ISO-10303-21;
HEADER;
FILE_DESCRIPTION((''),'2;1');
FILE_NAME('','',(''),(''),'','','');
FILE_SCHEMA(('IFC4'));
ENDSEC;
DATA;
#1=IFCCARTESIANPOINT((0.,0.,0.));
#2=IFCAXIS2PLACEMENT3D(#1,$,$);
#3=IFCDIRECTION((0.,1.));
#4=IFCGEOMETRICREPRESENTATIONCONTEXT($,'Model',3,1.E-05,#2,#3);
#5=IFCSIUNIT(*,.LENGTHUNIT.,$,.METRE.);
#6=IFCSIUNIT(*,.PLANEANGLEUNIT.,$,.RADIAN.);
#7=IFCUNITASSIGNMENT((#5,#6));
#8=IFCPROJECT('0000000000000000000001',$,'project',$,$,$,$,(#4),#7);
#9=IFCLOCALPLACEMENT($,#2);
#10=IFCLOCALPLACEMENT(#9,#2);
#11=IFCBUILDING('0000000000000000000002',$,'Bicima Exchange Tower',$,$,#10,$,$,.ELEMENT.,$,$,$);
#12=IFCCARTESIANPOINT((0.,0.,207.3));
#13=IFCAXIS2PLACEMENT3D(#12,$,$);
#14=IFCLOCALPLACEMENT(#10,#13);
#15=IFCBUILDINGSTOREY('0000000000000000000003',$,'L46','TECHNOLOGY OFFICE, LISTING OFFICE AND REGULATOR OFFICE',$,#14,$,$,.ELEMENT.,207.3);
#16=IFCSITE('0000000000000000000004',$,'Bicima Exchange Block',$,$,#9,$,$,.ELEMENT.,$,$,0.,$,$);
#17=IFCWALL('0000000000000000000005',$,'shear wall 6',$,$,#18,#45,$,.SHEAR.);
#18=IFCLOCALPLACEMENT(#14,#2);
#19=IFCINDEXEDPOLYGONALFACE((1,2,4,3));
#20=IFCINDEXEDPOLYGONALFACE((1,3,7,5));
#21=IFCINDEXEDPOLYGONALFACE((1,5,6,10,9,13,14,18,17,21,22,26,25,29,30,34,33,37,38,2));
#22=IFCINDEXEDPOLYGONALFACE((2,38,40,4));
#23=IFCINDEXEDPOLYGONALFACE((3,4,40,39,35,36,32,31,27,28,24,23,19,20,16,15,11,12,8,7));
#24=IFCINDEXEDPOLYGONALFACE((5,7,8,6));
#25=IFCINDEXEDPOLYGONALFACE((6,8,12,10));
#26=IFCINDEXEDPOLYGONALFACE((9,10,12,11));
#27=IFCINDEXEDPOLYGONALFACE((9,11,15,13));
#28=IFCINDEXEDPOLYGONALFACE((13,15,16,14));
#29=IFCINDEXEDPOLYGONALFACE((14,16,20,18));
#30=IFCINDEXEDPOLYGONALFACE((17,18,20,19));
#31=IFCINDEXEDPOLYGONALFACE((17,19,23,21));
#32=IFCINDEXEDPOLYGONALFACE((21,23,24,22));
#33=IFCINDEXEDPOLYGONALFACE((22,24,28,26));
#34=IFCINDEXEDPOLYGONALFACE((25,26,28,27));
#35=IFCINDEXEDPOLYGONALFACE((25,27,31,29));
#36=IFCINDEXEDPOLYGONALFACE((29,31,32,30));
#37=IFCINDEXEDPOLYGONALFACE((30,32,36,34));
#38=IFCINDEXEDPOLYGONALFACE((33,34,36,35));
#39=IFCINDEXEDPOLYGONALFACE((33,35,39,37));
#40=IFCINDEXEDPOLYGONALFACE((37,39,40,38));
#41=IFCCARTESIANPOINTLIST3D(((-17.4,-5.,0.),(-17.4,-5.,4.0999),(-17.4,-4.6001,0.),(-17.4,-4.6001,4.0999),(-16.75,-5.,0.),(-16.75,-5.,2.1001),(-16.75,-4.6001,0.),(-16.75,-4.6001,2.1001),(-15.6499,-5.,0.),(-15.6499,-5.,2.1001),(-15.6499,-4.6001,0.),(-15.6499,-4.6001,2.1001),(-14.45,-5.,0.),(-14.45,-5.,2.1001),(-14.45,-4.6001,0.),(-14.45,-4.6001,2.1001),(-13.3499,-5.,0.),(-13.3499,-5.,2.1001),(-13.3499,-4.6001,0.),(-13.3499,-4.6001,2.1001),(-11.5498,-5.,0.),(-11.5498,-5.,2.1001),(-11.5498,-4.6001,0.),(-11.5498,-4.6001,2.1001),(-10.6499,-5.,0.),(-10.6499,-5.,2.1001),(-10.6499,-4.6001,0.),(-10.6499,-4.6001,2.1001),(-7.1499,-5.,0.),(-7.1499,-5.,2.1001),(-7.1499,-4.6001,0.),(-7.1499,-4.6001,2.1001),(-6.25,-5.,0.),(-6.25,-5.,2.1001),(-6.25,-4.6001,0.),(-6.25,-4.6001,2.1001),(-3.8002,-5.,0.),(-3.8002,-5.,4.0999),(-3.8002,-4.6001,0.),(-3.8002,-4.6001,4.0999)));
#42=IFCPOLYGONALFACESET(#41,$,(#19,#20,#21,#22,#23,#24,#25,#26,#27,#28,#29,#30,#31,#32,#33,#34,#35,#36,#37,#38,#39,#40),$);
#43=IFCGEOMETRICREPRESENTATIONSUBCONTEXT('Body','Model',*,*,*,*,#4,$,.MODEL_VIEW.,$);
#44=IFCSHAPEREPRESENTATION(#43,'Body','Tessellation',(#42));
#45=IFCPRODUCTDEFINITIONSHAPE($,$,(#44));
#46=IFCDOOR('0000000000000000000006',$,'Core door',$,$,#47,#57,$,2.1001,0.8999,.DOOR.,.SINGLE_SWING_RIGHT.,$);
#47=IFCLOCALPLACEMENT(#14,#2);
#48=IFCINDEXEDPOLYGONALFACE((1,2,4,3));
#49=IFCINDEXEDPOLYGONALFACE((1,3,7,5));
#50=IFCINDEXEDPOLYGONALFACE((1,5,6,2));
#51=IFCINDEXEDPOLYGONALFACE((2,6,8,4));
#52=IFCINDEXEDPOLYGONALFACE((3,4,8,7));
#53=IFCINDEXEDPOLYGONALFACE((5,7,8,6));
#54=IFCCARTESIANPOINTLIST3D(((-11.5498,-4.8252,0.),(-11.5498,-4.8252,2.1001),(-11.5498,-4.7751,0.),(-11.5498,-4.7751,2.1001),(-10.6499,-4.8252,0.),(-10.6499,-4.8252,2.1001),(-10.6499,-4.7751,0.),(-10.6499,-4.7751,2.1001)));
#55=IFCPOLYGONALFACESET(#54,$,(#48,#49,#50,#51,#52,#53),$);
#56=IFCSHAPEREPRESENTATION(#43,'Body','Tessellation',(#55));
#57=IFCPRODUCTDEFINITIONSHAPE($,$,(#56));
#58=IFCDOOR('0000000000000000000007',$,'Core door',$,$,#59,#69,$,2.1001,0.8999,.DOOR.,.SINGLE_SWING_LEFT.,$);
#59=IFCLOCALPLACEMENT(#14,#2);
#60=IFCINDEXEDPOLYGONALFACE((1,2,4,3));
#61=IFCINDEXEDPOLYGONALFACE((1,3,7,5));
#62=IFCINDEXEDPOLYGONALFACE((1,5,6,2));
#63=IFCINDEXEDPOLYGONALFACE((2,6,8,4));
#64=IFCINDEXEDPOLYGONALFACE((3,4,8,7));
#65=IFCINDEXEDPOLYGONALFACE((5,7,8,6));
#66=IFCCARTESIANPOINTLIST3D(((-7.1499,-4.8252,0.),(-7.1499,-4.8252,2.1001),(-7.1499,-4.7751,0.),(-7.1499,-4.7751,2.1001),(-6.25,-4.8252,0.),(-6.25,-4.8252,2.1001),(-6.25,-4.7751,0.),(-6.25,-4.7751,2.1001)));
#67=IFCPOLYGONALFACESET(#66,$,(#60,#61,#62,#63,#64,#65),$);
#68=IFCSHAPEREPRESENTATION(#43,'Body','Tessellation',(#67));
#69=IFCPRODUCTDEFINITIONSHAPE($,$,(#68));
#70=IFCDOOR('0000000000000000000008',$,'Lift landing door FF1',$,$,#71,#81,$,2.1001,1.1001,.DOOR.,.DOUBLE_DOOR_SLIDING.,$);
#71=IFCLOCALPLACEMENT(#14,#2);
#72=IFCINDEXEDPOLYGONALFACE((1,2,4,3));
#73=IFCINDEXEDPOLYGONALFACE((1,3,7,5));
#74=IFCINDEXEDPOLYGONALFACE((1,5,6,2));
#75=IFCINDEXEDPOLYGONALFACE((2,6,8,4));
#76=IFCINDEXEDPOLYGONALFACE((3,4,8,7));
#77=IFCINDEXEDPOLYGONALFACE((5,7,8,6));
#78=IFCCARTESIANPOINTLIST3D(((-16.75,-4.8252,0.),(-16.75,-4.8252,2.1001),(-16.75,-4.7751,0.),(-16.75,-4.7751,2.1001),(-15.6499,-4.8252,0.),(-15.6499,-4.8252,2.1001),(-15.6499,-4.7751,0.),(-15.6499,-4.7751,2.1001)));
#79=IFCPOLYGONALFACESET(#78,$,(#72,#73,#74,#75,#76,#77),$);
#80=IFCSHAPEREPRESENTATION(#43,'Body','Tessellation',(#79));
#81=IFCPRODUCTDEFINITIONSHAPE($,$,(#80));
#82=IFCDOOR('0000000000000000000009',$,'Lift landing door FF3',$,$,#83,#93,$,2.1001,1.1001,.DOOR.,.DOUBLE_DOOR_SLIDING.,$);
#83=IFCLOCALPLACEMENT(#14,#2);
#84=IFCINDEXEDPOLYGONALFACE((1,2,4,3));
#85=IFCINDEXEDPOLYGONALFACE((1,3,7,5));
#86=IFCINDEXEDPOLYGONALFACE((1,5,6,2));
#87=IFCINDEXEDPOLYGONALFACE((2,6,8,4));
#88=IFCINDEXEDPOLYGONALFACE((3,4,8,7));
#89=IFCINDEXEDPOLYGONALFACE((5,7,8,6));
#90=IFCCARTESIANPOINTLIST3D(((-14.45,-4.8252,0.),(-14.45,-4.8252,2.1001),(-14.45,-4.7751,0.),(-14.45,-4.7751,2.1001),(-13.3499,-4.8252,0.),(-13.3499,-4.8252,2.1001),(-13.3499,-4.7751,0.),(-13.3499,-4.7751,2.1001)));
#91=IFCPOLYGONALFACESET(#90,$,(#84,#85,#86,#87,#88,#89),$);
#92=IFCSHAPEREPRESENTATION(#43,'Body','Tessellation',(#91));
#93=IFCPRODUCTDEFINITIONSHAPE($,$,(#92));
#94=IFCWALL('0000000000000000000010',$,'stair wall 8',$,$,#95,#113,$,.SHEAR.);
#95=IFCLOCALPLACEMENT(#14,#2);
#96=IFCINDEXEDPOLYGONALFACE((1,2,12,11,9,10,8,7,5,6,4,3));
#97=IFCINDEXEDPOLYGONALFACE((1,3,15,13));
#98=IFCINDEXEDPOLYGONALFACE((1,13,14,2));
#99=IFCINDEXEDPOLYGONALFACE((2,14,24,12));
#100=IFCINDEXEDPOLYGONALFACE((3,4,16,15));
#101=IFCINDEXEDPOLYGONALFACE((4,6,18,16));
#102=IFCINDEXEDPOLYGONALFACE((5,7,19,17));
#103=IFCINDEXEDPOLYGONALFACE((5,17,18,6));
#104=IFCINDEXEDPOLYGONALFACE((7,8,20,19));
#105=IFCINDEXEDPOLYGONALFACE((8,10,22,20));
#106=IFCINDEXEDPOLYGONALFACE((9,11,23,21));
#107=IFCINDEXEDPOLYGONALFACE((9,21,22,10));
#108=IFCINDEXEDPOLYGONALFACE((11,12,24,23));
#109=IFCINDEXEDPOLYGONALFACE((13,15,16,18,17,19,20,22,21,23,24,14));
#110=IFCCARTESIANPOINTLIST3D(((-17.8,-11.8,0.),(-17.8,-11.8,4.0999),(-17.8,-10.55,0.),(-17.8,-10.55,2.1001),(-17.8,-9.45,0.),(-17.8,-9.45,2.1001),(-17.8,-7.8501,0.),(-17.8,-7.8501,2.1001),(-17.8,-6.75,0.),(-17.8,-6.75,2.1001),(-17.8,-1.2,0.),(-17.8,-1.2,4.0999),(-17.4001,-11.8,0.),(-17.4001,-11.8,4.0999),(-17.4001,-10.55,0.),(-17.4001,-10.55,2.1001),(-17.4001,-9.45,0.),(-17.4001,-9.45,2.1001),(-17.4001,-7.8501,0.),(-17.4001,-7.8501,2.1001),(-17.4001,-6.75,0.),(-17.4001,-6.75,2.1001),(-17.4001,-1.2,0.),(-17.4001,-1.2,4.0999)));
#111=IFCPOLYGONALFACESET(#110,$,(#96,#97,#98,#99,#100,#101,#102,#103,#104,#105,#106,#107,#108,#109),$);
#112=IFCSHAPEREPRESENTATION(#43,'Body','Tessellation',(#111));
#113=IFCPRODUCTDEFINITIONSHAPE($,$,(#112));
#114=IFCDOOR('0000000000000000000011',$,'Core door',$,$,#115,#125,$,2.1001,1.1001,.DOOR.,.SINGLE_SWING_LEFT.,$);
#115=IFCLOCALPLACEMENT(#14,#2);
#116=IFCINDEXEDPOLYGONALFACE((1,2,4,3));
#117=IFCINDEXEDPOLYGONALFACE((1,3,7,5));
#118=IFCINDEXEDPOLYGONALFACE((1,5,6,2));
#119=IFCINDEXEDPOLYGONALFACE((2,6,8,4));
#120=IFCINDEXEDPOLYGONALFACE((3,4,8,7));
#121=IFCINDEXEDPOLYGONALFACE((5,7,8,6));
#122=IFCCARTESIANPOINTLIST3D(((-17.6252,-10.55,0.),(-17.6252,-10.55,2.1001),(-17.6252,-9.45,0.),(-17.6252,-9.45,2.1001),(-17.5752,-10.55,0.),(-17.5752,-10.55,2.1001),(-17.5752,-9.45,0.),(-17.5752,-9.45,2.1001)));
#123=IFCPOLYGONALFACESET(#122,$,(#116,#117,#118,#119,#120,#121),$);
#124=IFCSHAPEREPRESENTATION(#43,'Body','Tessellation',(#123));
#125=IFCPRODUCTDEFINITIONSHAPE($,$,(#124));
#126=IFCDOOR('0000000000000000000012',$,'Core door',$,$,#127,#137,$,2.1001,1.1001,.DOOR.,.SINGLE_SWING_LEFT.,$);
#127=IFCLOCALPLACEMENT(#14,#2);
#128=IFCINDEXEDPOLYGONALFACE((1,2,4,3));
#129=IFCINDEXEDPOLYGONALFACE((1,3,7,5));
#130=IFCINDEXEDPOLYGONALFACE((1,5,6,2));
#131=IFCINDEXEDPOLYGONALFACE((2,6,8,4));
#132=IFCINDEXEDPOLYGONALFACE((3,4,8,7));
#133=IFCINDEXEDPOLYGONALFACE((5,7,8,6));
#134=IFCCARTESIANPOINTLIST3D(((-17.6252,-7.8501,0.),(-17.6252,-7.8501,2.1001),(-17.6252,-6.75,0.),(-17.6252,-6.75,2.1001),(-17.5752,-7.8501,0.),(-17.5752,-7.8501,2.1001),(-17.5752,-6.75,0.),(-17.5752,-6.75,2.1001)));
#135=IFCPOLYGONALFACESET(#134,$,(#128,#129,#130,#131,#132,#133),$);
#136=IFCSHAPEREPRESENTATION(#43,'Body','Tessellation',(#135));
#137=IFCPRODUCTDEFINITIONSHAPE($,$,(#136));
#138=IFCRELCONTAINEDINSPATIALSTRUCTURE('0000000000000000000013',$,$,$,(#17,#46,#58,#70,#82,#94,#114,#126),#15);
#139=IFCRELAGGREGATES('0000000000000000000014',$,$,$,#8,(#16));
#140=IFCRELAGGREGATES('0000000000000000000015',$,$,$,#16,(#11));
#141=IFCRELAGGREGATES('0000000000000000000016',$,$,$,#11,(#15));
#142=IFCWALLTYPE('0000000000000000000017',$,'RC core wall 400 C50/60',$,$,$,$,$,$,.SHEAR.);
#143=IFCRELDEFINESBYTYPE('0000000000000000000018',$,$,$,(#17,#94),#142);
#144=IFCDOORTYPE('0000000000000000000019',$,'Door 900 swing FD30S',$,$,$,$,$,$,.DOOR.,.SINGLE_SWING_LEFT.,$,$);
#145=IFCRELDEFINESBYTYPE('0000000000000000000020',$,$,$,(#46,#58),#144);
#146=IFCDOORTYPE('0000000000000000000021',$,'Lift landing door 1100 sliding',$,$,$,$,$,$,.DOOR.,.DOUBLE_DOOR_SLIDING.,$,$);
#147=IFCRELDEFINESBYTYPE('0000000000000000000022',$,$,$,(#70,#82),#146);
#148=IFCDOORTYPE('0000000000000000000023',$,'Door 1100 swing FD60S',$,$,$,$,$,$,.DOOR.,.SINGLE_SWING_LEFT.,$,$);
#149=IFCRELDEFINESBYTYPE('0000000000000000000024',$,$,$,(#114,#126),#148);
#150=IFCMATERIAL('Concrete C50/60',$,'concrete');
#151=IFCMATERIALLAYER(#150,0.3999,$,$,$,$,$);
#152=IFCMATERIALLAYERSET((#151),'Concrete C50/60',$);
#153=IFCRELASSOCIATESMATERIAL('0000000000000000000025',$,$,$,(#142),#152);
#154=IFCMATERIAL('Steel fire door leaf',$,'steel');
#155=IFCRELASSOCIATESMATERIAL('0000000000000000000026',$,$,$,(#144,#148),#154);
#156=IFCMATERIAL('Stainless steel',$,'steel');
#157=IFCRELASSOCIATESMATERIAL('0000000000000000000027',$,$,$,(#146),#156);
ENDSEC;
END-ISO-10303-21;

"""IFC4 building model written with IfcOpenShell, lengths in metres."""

from ifc_helpers import new_model, si_unit, direction, frame, frame_2d, origin, place, context, subcontext, project, spatial, rectangle, extrude, material, layer, layer_set, type_object, element, fill, save


model = new_model("IFC4")

# Units and contexts
model_context = context("Model", 3, precision=1e-05, world=origin(), true_north=direction((0.0, 1.0)))
body_context = subcontext(model_context, "Body", "Model", "MODEL_VIEW")
ifc_project = project(units=[si_unit("LENGTHUNIT", "METRE"), si_unit("PLANEANGLEUNIT", "RADIAN")], contexts=[model_context])

# Site, building, storey
site_placement = place(None, origin())
site = spatial("IfcSite", under=ifc_project, at=site_placement, Name="Bicima Exchange Block", CompositionType="ELEMENT", RefElevation=0.0)
building_placement = place(site_placement, origin())
building = spatial("IfcBuilding", under=site, at=building_placement, Name="Bicima Exchange Tower", CompositionType="ELEMENT")
storey_placement = place(building_placement, frame((0.0, 0.0, 207.3)))
storey = spatial("IfcBuildingStorey", under=building, at=storey_placement, Name="L46", Description="TECHNOLOGY OFFICE, LISTING OFFICE AND REGULATOR OFFICE", CompositionType="ELEMENT", Elevation=207.3)

# Walls, openings, doors
ifc_material_1 = material(Name="Concrete C50/60", Category="concrete")
ifc_layer_1 = layer(ifc_material_1, 0.3999)
ifc_layer_set_1 = layer_set([ifc_layer_1], Name="Concrete C50/60")
wall_type_1 = type_object("IfcWallType", Name="RC core wall 400 C50/60", PredefinedType="SHEAR", material=ifc_layer_set_1)
ifc_material_2 = material(Name="Steel fire door leaf", Category="steel")
door_type_1 = type_object("IfcDoorType", Name="Door 900 swing FD30S", OperationType="SINGLE_SWING_LEFT", PredefinedType="DOOR", material=ifc_material_2)
ifc_material_3 = material(Name="Stainless steel", Category="steel")
wall_1_placement = place(storey_placement, frame((-17.3999, -4.8, 0.0), z_axis=(0.0, 0.0, 1.0), x_axis=(1.0, 0.0, 0.0)))
wall_1 = element("IfcWall", 1, at=wall_1_placement, inside=storey, type_object=wall_type_1, Name="shear wall 6", PredefinedType="SHEAR", context=body_context, shape_type="SweptSolid", body=[
    extrude(rectangle(XDim=13.5999, YDim=0.3999, at=frame_2d((6.7998, 0.0))), origin(), (0.0, 0.0, 1.0), 4.0999),
])
opening_1_placement = place(wall_1_placement, frame((0.6499, 0.0, 0.0)))
opening_1 = element("IfcOpeningElement", 2, at=opening_1_placement, cuts=wall_1, PredefinedType="OPENING", context=body_context, shape_type="SweptSolid", body=[
    extrude(rectangle(XDim=1.1001, YDim=2.1001, at=frame_2d((0.55, 1.05))), frame((0.0, 0.2119, 0.0), z_axis=(0.0, -1.0, 0.0), x_axis=(1.0, 0.0, 0.0)), (0.0, 0.0, 1.0), 0.4238),
])
opening_2_placement = place(wall_1_placement, frame((2.95, 0.0, 0.0)))
opening_2 = element("IfcOpeningElement", 3, at=opening_2_placement, cuts=wall_1, PredefinedType="OPENING", context=body_context, shape_type="SweptSolid", body=[
    extrude(rectangle(XDim=1.1001, YDim=2.1001, at=frame_2d((0.55, 1.05))), frame((0.0, 0.2119, 0.0), z_axis=(0.0, -1.0, 0.0), x_axis=(1.0, 0.0, 0.0)), (0.0, 0.0, 1.0), 0.4238),
])
opening_3_placement = place(wall_1_placement, frame((5.8501, 0.0, 0.0)))
opening_3 = element("IfcOpeningElement", 4, at=opening_3_placement, cuts=wall_1, PredefinedType="OPENING", context=body_context, shape_type="SweptSolid", body=[
    extrude(rectangle(XDim=0.8999, YDim=2.1001, at=frame_2d((0.45, 1.05))), frame((0.0, 0.2119, 0.0), z_axis=(0.0, -1.0, 0.0), x_axis=(1.0, 0.0, 0.0)), (0.0, 0.0, 1.0), 0.4238),
])
opening_4_placement = place(wall_1_placement, frame((10.25, 0.0, 0.0)))
opening_4 = element("IfcOpeningElement", 5, at=opening_4_placement, cuts=wall_1, PredefinedType="OPENING", context=body_context, shape_type="SweptSolid", body=[
    extrude(rectangle(XDim=0.8999, YDim=2.1001, at=frame_2d((0.45, 1.05))), frame((0.0, 0.2119, 0.0), z_axis=(0.0, -1.0, 0.0), x_axis=(1.0, 0.0, 0.0)), (0.0, 0.0, 1.0), 0.4238),
])
door_1_placement = place(opening_3_placement, origin())
door_1 = element("IfcDoor", 6, at=door_1_placement, inside=storey, type_object=door_type_1, Name="Core door", OperationType="SINGLE_SWING_RIGHT", OverallHeight=2.1001, OverallWidth=0.8999, PredefinedType="DOOR", context=body_context, shape_type="SweptSolid", body=[
    extrude(rectangle(XDim=0.8999, YDim=2.1001, at=frame_2d((0.45, 1.05))), frame((0.0, 0.0249, 0.0), z_axis=(0.0, -1.0, 0.0), x_axis=(1.0, 0.0, 0.0)), (0.0, 0.0, 1.0), 0.05),
])
fill(opening_3, door_1)
door_2_placement = place(opening_4_placement, origin())
door_2 = element("IfcDoor", 7, at=door_2_placement, inside=storey, type_object=door_type_1, Name="Core door", OperationType="SINGLE_SWING_LEFT", OverallHeight=2.1001, OverallWidth=0.8999, PredefinedType="DOOR", context=body_context, shape_type="SweptSolid", body=[
    extrude(rectangle(XDim=0.8999, YDim=2.1001, at=frame_2d((0.45, 1.05))), frame((0.0, 0.0249, 0.0), z_axis=(0.0, -1.0, 0.0), x_axis=(1.0, 0.0, 0.0)), (0.0, 0.0, 1.0), 0.05),
])
fill(opening_4, door_2)
door_type_2 = type_object("IfcDoorType", Name="Lift landing door 1100 sliding", OperationType="DOUBLE_DOOR_SLIDING", PredefinedType="DOOR", material=ifc_material_3)
door_3_placement = place(opening_1_placement, origin())
door_3 = element("IfcDoor", 8, at=door_3_placement, inside=storey, type_object=door_type_2, Name="Lift landing door FF1", OperationType="DOUBLE_DOOR_SLIDING", OverallHeight=2.1001, OverallWidth=1.1001, PredefinedType="DOOR", context=body_context, shape_type="SweptSolid", body=[
    extrude(rectangle(XDim=1.1001, YDim=2.1001, at=frame_2d((0.55, 1.05))), frame((0.0, 0.0249, 0.0), z_axis=(0.0, -1.0, 0.0), x_axis=(1.0, 0.0, 0.0)), (0.0, 0.0, 1.0), 0.05),
])
fill(opening_1, door_3)
door_4_placement = place(opening_2_placement, origin())
door_4 = element("IfcDoor", 9, at=door_4_placement, inside=storey, type_object=door_type_2, Name="Lift landing door FF3", OperationType="DOUBLE_DOOR_SLIDING", OverallHeight=2.1001, OverallWidth=1.1001, PredefinedType="DOOR", context=body_context, shape_type="SweptSolid", body=[
    extrude(rectangle(XDim=1.1001, YDim=2.1001, at=frame_2d((0.55, 1.05))), frame((0.0, 0.0249, 0.0), z_axis=(0.0, -1.0, 0.0), x_axis=(1.0, 0.0, 0.0)), (0.0, 0.0, 1.0), 0.05),
])
fill(opening_2, door_4)
wall_2_placement = place(storey_placement, frame((-17.6001, -11.8, 0.0), z_axis=(0.0, 0.0, 1.0), x_axis=(0.0, 1.0, 0.0)))
wall_2 = element("IfcWall", 10, at=wall_2_placement, inside=storey, type_object=wall_type_1, Name="stair wall 8", PredefinedType="SHEAR", context=body_context, shape_type="SweptSolid", body=[
    extrude(rectangle(XDim=10.6001, YDim=0.3999, at=frame_2d((5.3, 0.0))), origin(), (0.0, 0.0, 1.0), 4.0999),
])
opening_5_placement = place(wall_2_placement, frame((1.25, 0.0, 0.0)))
opening_5 = element("IfcOpeningElement", 11, at=opening_5_placement, cuts=wall_2, PredefinedType="OPENING", context=body_context, shape_type="SweptSolid", body=[
    extrude(rectangle(XDim=1.1001, YDim=2.1001, at=frame_2d((0.55, 1.05))), frame((0.0, 0.2119, 0.0), z_axis=(0.0, -1.0, 0.0), x_axis=(1.0, 0.0, 0.0)), (0.0, 0.0, 1.0), 0.4238),
])
opening_6_placement = place(wall_2_placement, frame((3.95, 0.0, 0.0)))
opening_6 = element("IfcOpeningElement", 12, at=opening_6_placement, cuts=wall_2, PredefinedType="OPENING", context=body_context, shape_type="SweptSolid", body=[
    extrude(rectangle(XDim=1.1001, YDim=2.1001, at=frame_2d((0.55, 1.05))), frame((0.0, 0.2119, 0.0), z_axis=(0.0, -1.0, 0.0), x_axis=(1.0, 0.0, 0.0)), (0.0, 0.0, 1.0), 0.4238),
])
door_type_3 = type_object("IfcDoorType", Name="Door 1100 swing FD60S", OperationType="SINGLE_SWING_LEFT", PredefinedType="DOOR", material=ifc_material_2)
door_5_placement = place(opening_5_placement, frame((1.1001, 0.0, 0.0), z_axis=(0.0, 0.0, 1.0), x_axis=(-1.0, 0.0, 0.0)))
door_5 = element("IfcDoor", 13, at=door_5_placement, inside=storey, type_object=door_type_3, Name="Core door", OperationType="SINGLE_SWING_LEFT", OverallHeight=2.1001, OverallWidth=1.1001, PredefinedType="DOOR", context=body_context, shape_type="SweptSolid", body=[
    extrude(rectangle(XDim=1.1001, YDim=2.1001, at=frame_2d((0.55, 1.05))), frame((0.0, 0.0249, 0.0), z_axis=(0.0, -1.0, 0.0), x_axis=(1.0, 0.0, 0.0)), (0.0, 0.0, 1.0), 0.05),
])
fill(opening_5, door_5)
door_6_placement = place(opening_6_placement, frame((1.1001, 0.0, 0.0), z_axis=(0.0, 0.0, 1.0), x_axis=(-1.0, 0.0, 0.0)))
door_6 = element("IfcDoor", 14, at=door_6_placement, inside=storey, type_object=door_type_3, Name="Core door", OperationType="SINGLE_SWING_LEFT", OverallHeight=2.1001, OverallWidth=1.1001, PredefinedType="DOOR", context=body_context, shape_type="SweptSolid", body=[
    extrude(rectangle(XDim=1.1001, YDim=2.1001, at=frame_2d((0.55, 1.05))), frame((0.0, 0.0249, 0.0), z_axis=(0.0, -1.0, 0.0), x_axis=(1.0, 0.0, 0.0)), (0.0, 0.0, 1.0), 0.05),
])
fill(opening_6, door_6)

save(model, "model.ifc")
